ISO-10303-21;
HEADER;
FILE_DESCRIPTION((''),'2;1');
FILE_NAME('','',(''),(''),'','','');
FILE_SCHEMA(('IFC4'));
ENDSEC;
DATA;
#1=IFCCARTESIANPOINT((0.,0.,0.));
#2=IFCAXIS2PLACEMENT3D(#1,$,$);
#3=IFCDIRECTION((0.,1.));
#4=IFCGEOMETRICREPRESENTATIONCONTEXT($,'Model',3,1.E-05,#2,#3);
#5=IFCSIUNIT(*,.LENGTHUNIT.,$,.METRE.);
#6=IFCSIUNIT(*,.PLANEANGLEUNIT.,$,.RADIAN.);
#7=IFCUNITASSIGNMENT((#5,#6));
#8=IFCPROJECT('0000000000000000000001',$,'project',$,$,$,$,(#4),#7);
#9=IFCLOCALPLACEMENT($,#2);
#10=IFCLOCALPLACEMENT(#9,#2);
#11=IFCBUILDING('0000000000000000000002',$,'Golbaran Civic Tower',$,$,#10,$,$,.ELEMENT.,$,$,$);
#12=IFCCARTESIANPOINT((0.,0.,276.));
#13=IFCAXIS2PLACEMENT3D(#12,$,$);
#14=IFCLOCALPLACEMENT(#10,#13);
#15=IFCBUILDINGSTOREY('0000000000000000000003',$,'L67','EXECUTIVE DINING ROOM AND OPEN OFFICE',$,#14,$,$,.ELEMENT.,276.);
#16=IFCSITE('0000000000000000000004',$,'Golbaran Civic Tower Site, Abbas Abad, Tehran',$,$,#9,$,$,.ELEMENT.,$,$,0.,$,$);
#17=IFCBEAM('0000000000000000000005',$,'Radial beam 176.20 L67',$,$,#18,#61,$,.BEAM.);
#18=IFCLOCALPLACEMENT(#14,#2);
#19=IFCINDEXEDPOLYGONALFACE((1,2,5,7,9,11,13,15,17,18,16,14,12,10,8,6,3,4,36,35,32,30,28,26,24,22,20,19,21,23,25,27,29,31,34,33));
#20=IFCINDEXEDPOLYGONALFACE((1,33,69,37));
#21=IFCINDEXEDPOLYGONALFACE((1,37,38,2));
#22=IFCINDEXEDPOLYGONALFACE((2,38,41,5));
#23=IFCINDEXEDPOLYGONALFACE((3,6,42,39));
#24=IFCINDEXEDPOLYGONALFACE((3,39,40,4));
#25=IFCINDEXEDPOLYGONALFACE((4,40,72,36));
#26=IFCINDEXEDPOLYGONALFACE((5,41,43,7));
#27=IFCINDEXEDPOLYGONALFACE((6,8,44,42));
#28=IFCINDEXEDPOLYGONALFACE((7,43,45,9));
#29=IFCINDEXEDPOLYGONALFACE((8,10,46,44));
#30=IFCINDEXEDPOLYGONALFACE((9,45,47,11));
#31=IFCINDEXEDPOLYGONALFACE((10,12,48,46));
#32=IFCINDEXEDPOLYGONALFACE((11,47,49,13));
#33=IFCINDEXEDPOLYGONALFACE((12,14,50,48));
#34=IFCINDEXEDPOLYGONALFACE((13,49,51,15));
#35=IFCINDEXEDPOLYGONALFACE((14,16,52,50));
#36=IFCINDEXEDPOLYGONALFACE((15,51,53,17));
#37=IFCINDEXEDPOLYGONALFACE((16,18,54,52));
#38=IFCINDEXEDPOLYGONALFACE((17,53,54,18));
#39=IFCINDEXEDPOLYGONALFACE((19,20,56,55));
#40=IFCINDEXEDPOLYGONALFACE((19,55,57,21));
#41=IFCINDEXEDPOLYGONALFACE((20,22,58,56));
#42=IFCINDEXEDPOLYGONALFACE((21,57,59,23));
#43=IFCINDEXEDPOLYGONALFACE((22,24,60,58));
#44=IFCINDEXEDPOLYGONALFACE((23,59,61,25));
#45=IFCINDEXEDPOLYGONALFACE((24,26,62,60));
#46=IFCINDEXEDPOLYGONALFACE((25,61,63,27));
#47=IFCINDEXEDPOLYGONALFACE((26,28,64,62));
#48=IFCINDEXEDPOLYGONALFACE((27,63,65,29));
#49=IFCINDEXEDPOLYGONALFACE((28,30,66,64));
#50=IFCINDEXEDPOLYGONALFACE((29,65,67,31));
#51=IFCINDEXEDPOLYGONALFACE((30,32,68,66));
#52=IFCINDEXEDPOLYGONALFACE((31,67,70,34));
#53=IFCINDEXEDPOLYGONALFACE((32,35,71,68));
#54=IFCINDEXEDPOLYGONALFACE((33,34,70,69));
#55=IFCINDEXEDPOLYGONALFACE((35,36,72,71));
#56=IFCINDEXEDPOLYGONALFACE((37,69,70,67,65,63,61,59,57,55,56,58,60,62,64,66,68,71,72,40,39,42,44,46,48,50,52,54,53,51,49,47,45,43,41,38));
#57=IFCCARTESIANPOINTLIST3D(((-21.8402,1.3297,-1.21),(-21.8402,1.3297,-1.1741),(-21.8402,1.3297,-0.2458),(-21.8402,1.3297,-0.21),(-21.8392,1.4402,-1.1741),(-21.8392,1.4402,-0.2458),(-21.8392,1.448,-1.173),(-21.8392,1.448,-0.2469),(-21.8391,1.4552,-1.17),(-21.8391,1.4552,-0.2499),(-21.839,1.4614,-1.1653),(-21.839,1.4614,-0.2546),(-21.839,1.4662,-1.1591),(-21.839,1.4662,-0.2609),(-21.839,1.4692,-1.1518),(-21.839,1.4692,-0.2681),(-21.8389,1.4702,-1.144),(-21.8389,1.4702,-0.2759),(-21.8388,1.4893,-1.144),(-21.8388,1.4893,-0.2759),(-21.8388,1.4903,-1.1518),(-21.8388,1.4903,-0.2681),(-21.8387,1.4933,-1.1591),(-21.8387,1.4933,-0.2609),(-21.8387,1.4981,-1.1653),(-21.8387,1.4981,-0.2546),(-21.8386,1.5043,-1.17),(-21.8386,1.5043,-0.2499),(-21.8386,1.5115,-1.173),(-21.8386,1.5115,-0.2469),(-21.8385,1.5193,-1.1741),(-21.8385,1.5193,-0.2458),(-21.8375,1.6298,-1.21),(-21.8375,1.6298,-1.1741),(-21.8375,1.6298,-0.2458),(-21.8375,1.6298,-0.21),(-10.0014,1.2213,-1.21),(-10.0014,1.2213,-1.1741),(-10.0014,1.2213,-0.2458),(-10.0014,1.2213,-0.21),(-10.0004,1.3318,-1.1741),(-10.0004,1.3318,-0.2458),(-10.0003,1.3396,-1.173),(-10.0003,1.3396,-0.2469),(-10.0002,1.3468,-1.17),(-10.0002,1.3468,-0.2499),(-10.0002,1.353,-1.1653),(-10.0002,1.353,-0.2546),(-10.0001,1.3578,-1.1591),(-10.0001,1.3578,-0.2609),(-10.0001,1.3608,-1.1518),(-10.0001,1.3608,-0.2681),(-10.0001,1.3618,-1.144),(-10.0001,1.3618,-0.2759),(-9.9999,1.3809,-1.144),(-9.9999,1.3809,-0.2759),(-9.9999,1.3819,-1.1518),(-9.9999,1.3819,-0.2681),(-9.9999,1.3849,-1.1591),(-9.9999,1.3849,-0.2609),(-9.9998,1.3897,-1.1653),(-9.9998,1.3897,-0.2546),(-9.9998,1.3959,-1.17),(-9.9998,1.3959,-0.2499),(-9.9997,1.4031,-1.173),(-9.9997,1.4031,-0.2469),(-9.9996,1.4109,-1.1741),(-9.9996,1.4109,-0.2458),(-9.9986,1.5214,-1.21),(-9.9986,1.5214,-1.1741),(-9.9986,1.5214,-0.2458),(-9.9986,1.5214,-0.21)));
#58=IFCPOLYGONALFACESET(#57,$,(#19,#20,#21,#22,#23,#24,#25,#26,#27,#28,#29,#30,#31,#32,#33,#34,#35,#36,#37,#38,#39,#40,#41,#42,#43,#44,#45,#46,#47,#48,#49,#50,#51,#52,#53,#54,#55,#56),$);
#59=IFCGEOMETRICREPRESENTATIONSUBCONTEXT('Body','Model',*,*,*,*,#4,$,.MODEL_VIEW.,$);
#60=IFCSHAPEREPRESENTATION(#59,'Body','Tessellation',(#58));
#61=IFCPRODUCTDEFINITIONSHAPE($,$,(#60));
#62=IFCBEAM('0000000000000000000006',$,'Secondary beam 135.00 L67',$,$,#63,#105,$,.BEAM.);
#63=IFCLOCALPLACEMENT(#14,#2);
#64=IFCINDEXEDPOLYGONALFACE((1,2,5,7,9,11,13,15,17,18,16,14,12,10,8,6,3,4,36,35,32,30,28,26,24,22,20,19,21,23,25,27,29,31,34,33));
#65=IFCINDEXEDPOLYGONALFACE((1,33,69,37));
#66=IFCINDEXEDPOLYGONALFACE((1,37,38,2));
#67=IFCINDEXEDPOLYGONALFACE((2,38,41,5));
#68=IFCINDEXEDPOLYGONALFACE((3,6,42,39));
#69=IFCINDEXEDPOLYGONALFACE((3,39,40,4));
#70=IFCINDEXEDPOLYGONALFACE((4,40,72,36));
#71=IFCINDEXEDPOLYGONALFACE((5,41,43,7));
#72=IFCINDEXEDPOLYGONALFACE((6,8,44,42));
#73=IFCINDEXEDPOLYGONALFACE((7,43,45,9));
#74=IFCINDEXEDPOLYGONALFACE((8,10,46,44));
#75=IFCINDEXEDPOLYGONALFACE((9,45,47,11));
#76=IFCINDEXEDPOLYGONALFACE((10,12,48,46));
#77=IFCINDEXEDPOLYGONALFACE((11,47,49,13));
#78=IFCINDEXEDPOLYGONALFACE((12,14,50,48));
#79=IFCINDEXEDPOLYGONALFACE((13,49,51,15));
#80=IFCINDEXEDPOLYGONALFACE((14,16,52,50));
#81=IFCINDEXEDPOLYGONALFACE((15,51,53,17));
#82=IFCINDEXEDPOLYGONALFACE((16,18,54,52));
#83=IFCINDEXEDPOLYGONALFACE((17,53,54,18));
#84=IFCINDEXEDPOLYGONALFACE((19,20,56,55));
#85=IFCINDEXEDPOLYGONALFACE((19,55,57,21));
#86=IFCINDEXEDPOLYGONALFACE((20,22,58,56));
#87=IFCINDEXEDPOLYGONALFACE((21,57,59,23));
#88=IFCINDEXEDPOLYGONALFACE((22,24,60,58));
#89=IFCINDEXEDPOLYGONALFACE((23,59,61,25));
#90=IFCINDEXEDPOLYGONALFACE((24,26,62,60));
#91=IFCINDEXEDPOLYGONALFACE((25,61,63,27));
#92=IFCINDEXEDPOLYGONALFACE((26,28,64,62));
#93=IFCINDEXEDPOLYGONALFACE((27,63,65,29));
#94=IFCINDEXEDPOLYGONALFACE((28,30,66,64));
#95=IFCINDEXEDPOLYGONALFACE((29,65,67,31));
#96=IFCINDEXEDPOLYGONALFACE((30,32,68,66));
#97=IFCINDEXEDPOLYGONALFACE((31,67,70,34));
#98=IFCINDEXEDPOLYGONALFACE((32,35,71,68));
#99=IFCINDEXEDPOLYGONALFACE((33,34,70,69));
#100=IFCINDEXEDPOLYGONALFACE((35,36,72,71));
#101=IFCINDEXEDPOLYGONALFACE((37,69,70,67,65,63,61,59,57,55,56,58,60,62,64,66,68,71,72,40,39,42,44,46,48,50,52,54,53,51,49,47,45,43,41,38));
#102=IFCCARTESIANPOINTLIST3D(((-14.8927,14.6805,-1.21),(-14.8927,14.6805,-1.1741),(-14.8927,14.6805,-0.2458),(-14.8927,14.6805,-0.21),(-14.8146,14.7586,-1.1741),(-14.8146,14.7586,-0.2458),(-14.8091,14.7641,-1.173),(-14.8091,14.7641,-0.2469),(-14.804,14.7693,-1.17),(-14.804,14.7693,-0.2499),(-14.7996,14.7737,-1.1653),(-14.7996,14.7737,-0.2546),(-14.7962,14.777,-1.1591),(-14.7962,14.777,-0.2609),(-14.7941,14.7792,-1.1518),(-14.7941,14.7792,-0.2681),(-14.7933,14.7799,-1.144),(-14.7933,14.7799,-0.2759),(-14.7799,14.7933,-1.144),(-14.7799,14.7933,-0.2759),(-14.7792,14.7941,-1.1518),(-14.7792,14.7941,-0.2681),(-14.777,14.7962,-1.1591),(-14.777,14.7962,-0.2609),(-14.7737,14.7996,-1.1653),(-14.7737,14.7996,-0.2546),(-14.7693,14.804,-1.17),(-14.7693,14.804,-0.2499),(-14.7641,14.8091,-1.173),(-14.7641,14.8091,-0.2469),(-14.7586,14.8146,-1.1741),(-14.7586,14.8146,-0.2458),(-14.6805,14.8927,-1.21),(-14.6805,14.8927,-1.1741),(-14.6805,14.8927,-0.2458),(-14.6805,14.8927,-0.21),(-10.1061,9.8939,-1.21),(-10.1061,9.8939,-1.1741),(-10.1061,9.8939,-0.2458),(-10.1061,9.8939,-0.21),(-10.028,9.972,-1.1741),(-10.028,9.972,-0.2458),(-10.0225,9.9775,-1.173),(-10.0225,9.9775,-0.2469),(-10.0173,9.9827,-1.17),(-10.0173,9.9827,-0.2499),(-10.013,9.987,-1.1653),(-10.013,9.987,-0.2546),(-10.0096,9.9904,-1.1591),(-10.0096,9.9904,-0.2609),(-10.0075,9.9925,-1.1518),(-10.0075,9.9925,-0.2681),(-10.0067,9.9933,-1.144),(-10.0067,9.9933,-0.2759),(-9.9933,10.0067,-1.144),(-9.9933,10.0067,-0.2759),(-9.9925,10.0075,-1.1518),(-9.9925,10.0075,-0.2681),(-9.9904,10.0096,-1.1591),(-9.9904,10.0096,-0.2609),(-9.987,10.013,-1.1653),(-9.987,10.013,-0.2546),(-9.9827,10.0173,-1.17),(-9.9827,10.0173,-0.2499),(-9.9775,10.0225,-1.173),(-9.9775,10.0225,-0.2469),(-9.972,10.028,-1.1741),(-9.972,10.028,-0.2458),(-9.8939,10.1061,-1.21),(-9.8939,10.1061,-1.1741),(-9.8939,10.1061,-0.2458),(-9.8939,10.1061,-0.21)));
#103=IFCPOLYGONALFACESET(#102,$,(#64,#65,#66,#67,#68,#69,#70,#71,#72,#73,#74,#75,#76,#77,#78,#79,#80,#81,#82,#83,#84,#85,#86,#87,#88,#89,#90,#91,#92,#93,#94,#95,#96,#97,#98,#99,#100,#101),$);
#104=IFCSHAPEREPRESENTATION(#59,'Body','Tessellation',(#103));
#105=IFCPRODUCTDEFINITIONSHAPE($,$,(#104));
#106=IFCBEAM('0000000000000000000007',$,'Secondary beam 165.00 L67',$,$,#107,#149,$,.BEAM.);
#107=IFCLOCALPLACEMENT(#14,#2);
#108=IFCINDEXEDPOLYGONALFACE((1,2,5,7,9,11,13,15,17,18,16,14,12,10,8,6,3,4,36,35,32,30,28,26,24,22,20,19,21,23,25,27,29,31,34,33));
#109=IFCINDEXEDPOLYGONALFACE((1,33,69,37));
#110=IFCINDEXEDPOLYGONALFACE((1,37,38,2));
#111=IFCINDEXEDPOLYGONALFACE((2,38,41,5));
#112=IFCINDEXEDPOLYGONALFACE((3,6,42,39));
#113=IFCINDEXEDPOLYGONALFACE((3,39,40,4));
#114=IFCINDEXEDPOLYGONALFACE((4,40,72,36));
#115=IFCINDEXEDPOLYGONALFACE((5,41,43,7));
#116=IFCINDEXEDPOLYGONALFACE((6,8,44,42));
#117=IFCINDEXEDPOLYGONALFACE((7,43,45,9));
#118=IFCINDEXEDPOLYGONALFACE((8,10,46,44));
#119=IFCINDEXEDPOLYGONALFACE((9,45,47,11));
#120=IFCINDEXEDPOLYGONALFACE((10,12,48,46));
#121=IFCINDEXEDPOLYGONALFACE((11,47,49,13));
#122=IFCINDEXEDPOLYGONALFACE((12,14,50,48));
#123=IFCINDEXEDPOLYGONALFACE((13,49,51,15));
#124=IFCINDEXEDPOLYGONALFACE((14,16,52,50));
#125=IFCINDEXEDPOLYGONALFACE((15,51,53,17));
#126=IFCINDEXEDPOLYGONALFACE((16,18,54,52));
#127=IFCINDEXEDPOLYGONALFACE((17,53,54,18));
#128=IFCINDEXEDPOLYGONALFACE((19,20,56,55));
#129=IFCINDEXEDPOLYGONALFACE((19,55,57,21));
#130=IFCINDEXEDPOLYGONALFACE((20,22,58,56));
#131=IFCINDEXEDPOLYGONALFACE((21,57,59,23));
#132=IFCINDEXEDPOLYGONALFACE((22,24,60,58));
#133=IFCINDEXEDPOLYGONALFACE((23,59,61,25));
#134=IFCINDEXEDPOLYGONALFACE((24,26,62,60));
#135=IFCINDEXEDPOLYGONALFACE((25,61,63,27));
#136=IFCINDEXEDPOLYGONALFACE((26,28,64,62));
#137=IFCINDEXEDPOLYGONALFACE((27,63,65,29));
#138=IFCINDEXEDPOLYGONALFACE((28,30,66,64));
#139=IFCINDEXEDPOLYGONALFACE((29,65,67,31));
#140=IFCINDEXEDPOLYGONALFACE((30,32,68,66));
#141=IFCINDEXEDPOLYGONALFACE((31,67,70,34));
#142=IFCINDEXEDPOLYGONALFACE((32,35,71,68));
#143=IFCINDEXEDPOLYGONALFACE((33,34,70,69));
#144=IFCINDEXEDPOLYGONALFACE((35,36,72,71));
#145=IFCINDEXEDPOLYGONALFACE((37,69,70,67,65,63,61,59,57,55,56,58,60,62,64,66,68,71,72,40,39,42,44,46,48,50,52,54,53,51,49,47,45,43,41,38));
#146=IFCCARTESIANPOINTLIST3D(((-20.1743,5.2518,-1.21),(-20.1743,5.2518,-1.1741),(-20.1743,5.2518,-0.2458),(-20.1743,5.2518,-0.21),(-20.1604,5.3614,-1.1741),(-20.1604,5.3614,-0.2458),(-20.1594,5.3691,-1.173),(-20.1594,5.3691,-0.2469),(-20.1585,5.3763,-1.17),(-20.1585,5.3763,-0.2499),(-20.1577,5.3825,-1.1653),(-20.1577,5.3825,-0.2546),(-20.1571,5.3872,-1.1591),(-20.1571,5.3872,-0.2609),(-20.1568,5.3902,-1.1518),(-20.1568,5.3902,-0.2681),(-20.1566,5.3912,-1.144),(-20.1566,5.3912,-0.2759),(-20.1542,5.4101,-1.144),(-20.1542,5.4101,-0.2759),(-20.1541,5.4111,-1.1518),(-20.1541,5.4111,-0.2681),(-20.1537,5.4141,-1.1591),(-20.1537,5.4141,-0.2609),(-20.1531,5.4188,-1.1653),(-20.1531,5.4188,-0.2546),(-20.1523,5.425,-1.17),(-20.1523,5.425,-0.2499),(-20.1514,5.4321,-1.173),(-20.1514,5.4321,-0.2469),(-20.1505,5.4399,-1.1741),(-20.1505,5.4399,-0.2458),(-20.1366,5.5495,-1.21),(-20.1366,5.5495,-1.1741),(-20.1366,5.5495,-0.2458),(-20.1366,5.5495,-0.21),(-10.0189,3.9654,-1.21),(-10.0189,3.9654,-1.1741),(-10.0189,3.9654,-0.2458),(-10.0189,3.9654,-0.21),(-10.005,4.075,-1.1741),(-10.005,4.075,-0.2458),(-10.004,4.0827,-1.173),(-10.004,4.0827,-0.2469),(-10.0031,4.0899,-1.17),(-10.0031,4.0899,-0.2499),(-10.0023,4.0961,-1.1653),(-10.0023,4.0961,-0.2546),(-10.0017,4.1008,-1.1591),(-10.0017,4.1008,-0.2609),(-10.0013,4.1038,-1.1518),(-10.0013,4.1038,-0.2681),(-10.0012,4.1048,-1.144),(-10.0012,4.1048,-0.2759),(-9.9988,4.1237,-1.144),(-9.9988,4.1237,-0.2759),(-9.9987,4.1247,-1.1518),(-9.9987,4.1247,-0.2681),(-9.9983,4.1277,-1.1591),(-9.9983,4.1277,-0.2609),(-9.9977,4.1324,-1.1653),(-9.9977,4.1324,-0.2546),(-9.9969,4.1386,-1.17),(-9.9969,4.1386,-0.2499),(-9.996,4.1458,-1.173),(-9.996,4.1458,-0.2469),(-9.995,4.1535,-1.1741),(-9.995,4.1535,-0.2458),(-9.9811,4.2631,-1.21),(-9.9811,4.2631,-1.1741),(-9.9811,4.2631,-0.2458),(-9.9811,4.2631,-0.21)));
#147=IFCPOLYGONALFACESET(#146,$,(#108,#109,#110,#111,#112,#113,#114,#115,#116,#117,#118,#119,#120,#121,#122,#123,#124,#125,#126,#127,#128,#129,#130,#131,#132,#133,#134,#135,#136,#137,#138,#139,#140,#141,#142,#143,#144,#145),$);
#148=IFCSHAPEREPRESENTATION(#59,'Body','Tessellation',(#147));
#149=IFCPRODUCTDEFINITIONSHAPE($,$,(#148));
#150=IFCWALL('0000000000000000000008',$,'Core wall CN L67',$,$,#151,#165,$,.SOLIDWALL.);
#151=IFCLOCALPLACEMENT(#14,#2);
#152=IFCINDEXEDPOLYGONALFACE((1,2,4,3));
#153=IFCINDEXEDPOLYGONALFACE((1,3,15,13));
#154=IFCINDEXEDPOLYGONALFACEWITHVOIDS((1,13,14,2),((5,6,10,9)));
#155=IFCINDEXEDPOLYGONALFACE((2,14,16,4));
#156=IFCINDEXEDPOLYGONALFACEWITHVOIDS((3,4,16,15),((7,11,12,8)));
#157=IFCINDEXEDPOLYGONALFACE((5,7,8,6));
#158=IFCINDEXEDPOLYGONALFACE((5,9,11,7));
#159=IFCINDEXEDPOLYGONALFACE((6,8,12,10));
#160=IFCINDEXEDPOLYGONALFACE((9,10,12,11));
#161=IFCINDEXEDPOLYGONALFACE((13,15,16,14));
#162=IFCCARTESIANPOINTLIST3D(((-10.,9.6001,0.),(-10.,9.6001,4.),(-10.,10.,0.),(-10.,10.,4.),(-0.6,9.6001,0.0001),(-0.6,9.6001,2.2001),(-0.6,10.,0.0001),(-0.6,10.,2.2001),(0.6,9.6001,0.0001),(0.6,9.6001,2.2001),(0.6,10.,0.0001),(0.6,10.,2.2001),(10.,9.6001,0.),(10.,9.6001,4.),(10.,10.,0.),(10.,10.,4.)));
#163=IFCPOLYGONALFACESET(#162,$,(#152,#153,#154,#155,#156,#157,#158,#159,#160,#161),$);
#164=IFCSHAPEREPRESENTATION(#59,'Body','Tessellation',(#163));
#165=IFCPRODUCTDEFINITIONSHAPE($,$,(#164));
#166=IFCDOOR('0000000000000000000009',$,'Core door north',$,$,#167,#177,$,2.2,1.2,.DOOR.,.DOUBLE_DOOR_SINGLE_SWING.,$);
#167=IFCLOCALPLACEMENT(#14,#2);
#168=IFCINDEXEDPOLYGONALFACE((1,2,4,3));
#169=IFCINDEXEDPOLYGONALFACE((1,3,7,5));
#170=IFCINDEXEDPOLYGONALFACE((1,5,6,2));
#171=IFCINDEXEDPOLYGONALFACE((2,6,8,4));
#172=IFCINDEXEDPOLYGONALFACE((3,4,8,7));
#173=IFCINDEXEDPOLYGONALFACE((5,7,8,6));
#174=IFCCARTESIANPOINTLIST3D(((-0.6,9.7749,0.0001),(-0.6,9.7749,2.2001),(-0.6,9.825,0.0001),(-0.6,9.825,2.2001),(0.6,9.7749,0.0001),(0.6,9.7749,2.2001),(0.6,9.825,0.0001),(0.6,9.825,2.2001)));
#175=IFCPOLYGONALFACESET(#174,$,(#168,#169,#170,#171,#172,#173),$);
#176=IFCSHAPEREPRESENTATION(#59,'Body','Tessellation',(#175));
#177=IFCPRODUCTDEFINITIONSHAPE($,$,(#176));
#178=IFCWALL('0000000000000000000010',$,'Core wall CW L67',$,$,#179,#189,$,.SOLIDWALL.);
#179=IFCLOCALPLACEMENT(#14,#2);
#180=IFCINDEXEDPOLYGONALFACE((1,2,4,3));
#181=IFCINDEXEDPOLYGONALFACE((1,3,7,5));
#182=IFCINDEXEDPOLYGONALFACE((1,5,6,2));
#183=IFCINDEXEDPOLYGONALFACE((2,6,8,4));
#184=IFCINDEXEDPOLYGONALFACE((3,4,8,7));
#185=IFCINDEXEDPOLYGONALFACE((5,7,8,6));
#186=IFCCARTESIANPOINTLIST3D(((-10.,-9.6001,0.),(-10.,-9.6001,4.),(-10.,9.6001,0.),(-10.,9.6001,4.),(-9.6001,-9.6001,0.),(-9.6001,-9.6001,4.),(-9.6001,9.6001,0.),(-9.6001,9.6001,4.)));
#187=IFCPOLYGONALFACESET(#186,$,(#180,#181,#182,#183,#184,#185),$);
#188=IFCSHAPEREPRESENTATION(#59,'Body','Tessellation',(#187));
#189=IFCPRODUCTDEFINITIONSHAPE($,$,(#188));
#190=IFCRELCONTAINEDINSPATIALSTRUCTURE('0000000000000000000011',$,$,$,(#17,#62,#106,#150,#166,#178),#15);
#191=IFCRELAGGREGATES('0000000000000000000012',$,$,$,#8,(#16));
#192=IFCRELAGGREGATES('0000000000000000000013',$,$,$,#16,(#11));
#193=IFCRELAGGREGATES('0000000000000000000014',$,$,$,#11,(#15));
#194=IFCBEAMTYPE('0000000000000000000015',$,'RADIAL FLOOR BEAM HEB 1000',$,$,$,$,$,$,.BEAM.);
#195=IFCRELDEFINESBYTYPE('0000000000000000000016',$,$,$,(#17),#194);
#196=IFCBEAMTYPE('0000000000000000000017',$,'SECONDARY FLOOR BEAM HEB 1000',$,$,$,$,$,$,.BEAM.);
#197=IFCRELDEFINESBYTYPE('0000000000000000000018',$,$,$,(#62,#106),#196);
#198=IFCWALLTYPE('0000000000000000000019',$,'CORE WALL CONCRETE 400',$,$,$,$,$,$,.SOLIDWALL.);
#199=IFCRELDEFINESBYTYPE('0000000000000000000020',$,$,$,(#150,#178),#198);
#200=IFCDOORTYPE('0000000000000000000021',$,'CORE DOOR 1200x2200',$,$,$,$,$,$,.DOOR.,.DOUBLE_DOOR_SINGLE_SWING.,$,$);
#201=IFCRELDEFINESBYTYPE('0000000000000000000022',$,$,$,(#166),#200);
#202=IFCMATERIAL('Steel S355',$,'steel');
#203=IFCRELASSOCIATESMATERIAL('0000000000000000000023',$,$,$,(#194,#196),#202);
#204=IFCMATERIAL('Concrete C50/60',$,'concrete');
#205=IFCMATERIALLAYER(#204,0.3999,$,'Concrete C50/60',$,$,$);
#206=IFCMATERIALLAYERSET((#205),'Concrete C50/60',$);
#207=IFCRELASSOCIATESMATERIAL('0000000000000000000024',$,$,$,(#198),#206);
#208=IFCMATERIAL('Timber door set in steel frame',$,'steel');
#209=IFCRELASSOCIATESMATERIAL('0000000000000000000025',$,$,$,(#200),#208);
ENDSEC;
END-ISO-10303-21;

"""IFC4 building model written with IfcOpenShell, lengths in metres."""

from ifc_helpers import new_model, si_unit, direction, frame, frame_2d, origin, origin_2d, place, context, subcontext, project, spatial, rectangle, i_section, extrude, material, layer, layer_set, material_profile, profile_set, type_object, element, fill, save


model = new_model("IFC4")

# Units and contexts
model_context = context("Model", 3, precision=1e-05, world=origin(), true_north=direction((0.0, 1.0)))
body_context = subcontext(model_context, "Body", "Model", "MODEL_VIEW")
ifc_project = project(units=[si_unit("LENGTHUNIT", "METRE"), si_unit("PLANEANGLEUNIT", "RADIAN")], contexts=[model_context])

# Site, building, storey
site_placement = place(None, origin())
site = spatial("IfcSite", under=ifc_project, at=site_placement, Name="Golbaran Civic Tower Site, Abbas Abad, Tehran", CompositionType="ELEMENT", RefElevation=0.0)
building_placement = place(site_placement, origin())
building = spatial("IfcBuilding", under=site, at=building_placement, Name="Golbaran Civic Tower", CompositionType="ELEMENT")
storey_placement = place(building_placement, frame((0.0, 0.0, 276.0)))
storey = spatial("IfcBuildingStorey", under=building, at=storey_placement, Name="L67", Description="EXECUTIVE DINING ROOM AND OPEN OFFICE", CompositionType="ELEMENT", Elevation=276.0)

# Beams
ifc_material_1 = material(Name="Steel S355", Category="steel")
ifc_material_profile_1 = material_profile(ifc_material_1, i_section(OverallWidth=0.3, OverallDepth=1.0, WebThickness=0.019, FlangeThickness=0.0359, FilletRadius=0.03, at=origin_2d()), Name="HEB 1000")
ifc_profile_set_1 = profile_set([ifc_material_profile_1], Name="Steel S355")
beam_type_1 = type_object("IfcBeamType", Name="RADIAL FLOOR BEAM HEB 1000", PredefinedType="BEAM", material=ifc_profile_set_1)
beam_1_placement = place(storey_placement, frame((-10.0, 1.3713, -0.71), z_axis=(-0.999958, 0.009156, 0.0), x_axis=(-0.009156, -0.999958, 0.0)))
element("IfcBeam", 1, at=beam_1_placement, inside=storey, type_object=beam_type_1, Name="Radial beam 176.20 L67", PredefinedType="BEAM", context=body_context, shape_type="SweptSolid", body=[
    extrude(i_section(OverallWidth=0.3, OverallDepth=1.0, WebThickness=0.019, FlangeThickness=0.0359, FilletRadius=0.03, at=origin_2d()), origin(), (0.0, 0.0, 1.0), 11.8394),
])
ifc_material_profile_2 = material_profile(ifc_material_1, i_section(OverallWidth=0.3, OverallDepth=1.0, WebThickness=0.019, FlangeThickness=0.0359, FilletRadius=0.03, at=origin_2d()), Name="HEB 1000")
ifc_profile_set_2 = profile_set([ifc_material_profile_2], Name="Steel S355")
beam_type_2 = type_object("IfcBeamType", Name="SECONDARY FLOOR BEAM HEB 1000", PredefinedType="BEAM", material=ifc_profile_set_2)
beam_2_placement = place(storey_placement, frame((-10.0, 10.0, -0.71), z_axis=(-0.707107, 0.707107, 0.0), x_axis=(-0.707107, -0.707107, 0.0)))
element("IfcBeam", 2, at=beam_2_placement, inside=storey, type_object=beam_type_2, Name="Secondary beam 135.00 L67", PredefinedType="BEAM", context=body_context, shape_type="SweptSolid", body=[
    extrude(i_section(OverallWidth=0.3, OverallDepth=1.0, WebThickness=0.019, FlangeThickness=0.0359, FilletRadius=0.03, at=origin_2d()), origin(), (0.0, 0.0, 1.0), 6.7693),
])
beam_3_placement = place(storey_placement, frame((-10.0, 4.1143, -0.71), z_axis=(-0.992073, 0.125664, 0.0), x_axis=(-0.125664, -0.992073, 0.0)))
element("IfcBeam", 3, at=beam_3_placement, inside=storey, type_object=beam_type_2, Name="Secondary beam 165.00 L67", PredefinedType="BEAM", context=body_context, shape_type="SweptSolid", body=[
    extrude(i_section(OverallWidth=0.3, OverallDepth=1.0, WebThickness=0.019, FlangeThickness=0.0359, FilletRadius=0.03, at=origin_2d()), origin(), (0.0, 0.0, 1.0), 10.2366),
])

# Wall, opening, door
ifc_material_2 = material(Name="Concrete C50/60", Category="concrete")
ifc_layer_1 = layer(ifc_material_2, 0.3999, Name="Concrete C50/60")
ifc_layer_set_1 = layer_set([ifc_layer_1], Name="Concrete C50/60")
wall_type_1 = type_object("IfcWallType", Name="CORE WALL CONCRETE 400", PredefinedType="SOLIDWALL", material=ifc_layer_set_1)
wall_1_placement = place(storey_placement, frame((-10.0, 9.8, 0.0), z_axis=(0.0, 0.0, 1.0), x_axis=(1.0, 0.0, 0.0)))
wall_1 = element("IfcWall", 4, at=wall_1_placement, inside=storey, type_object=wall_type_1, Name="Core wall CN L67", PredefinedType="SOLIDWALL", context=body_context, shape_type="SweptSolid", body=[
    extrude(rectangle(XDim=20.0, YDim=0.3999, at=frame_2d((10.0, 0.0))), origin(), (0.0, 0.0, 1.0), 4.0),
])
opening_1_placement = place(wall_1_placement, frame((9.3999, 0.0, 0.0)))
opening_1 = element("IfcOpeningElement", 5, at=opening_1_placement, cuts=wall_1, PredefinedType="OPENING", context=body_context, shape_type="SweptSolid", body=[
    extrude(rectangle(XDim=1.2, YDim=2.2, at=frame_2d((0.6001, 1.1001))), frame((0.0, 0.21, 0.0), z_axis=(0.0, -1.0, 0.0), x_axis=(1.0, 0.0, 0.0)), (0.0, 0.0, 1.0), 0.4199),
])
ifc_material_3 = material(Name="Timber door set in steel frame", Category="steel")
door_type_1 = type_object("IfcDoorType", Name="CORE DOOR 1200x2200", OperationType="DOUBLE_DOOR_SINGLE_SWING", PredefinedType="DOOR", material=ifc_material_3)
door_1_placement = place(opening_1_placement, origin())
door_1 = element("IfcDoor", 6, at=door_1_placement, inside=storey, type_object=door_type_1, Name="Core door north", OperationType="DOUBLE_DOOR_SINGLE_SWING", OverallHeight=2.2, OverallWidth=1.2, PredefinedType="DOOR", context=body_context, shape_type="SweptSolid", body=[
    extrude(rectangle(XDim=1.2, YDim=2.2, at=frame_2d((0.6001, 1.1001))), frame((0.0, 0.0249, 0.0), z_axis=(0.0, -1.0, 0.0), x_axis=(1.0, 0.0, 0.0)), (0.0, 0.0, 1.0), 0.05),
])
fill(opening_1, door_1)

# Wall
wall_2_placement = place(storey_placement, frame((-9.8, 9.6001, 0.0), z_axis=(0.0, 0.0, 1.0), x_axis=(0.0, -1.0, 0.0)))
element("IfcWall", 7, at=wall_2_placement, inside=storey, type_object=wall_type_1, Name="Core wall CW L67", PredefinedType="SOLIDWALL", context=body_context, shape_type="SweptSolid", body=[
    extrude(rectangle(XDim=19.2002, YDim=0.3999, at=frame_2d((9.6001, 0.0))), origin(), (0.0, 0.0, 1.0), 4.0),
])

save(model, "model.ifc")
